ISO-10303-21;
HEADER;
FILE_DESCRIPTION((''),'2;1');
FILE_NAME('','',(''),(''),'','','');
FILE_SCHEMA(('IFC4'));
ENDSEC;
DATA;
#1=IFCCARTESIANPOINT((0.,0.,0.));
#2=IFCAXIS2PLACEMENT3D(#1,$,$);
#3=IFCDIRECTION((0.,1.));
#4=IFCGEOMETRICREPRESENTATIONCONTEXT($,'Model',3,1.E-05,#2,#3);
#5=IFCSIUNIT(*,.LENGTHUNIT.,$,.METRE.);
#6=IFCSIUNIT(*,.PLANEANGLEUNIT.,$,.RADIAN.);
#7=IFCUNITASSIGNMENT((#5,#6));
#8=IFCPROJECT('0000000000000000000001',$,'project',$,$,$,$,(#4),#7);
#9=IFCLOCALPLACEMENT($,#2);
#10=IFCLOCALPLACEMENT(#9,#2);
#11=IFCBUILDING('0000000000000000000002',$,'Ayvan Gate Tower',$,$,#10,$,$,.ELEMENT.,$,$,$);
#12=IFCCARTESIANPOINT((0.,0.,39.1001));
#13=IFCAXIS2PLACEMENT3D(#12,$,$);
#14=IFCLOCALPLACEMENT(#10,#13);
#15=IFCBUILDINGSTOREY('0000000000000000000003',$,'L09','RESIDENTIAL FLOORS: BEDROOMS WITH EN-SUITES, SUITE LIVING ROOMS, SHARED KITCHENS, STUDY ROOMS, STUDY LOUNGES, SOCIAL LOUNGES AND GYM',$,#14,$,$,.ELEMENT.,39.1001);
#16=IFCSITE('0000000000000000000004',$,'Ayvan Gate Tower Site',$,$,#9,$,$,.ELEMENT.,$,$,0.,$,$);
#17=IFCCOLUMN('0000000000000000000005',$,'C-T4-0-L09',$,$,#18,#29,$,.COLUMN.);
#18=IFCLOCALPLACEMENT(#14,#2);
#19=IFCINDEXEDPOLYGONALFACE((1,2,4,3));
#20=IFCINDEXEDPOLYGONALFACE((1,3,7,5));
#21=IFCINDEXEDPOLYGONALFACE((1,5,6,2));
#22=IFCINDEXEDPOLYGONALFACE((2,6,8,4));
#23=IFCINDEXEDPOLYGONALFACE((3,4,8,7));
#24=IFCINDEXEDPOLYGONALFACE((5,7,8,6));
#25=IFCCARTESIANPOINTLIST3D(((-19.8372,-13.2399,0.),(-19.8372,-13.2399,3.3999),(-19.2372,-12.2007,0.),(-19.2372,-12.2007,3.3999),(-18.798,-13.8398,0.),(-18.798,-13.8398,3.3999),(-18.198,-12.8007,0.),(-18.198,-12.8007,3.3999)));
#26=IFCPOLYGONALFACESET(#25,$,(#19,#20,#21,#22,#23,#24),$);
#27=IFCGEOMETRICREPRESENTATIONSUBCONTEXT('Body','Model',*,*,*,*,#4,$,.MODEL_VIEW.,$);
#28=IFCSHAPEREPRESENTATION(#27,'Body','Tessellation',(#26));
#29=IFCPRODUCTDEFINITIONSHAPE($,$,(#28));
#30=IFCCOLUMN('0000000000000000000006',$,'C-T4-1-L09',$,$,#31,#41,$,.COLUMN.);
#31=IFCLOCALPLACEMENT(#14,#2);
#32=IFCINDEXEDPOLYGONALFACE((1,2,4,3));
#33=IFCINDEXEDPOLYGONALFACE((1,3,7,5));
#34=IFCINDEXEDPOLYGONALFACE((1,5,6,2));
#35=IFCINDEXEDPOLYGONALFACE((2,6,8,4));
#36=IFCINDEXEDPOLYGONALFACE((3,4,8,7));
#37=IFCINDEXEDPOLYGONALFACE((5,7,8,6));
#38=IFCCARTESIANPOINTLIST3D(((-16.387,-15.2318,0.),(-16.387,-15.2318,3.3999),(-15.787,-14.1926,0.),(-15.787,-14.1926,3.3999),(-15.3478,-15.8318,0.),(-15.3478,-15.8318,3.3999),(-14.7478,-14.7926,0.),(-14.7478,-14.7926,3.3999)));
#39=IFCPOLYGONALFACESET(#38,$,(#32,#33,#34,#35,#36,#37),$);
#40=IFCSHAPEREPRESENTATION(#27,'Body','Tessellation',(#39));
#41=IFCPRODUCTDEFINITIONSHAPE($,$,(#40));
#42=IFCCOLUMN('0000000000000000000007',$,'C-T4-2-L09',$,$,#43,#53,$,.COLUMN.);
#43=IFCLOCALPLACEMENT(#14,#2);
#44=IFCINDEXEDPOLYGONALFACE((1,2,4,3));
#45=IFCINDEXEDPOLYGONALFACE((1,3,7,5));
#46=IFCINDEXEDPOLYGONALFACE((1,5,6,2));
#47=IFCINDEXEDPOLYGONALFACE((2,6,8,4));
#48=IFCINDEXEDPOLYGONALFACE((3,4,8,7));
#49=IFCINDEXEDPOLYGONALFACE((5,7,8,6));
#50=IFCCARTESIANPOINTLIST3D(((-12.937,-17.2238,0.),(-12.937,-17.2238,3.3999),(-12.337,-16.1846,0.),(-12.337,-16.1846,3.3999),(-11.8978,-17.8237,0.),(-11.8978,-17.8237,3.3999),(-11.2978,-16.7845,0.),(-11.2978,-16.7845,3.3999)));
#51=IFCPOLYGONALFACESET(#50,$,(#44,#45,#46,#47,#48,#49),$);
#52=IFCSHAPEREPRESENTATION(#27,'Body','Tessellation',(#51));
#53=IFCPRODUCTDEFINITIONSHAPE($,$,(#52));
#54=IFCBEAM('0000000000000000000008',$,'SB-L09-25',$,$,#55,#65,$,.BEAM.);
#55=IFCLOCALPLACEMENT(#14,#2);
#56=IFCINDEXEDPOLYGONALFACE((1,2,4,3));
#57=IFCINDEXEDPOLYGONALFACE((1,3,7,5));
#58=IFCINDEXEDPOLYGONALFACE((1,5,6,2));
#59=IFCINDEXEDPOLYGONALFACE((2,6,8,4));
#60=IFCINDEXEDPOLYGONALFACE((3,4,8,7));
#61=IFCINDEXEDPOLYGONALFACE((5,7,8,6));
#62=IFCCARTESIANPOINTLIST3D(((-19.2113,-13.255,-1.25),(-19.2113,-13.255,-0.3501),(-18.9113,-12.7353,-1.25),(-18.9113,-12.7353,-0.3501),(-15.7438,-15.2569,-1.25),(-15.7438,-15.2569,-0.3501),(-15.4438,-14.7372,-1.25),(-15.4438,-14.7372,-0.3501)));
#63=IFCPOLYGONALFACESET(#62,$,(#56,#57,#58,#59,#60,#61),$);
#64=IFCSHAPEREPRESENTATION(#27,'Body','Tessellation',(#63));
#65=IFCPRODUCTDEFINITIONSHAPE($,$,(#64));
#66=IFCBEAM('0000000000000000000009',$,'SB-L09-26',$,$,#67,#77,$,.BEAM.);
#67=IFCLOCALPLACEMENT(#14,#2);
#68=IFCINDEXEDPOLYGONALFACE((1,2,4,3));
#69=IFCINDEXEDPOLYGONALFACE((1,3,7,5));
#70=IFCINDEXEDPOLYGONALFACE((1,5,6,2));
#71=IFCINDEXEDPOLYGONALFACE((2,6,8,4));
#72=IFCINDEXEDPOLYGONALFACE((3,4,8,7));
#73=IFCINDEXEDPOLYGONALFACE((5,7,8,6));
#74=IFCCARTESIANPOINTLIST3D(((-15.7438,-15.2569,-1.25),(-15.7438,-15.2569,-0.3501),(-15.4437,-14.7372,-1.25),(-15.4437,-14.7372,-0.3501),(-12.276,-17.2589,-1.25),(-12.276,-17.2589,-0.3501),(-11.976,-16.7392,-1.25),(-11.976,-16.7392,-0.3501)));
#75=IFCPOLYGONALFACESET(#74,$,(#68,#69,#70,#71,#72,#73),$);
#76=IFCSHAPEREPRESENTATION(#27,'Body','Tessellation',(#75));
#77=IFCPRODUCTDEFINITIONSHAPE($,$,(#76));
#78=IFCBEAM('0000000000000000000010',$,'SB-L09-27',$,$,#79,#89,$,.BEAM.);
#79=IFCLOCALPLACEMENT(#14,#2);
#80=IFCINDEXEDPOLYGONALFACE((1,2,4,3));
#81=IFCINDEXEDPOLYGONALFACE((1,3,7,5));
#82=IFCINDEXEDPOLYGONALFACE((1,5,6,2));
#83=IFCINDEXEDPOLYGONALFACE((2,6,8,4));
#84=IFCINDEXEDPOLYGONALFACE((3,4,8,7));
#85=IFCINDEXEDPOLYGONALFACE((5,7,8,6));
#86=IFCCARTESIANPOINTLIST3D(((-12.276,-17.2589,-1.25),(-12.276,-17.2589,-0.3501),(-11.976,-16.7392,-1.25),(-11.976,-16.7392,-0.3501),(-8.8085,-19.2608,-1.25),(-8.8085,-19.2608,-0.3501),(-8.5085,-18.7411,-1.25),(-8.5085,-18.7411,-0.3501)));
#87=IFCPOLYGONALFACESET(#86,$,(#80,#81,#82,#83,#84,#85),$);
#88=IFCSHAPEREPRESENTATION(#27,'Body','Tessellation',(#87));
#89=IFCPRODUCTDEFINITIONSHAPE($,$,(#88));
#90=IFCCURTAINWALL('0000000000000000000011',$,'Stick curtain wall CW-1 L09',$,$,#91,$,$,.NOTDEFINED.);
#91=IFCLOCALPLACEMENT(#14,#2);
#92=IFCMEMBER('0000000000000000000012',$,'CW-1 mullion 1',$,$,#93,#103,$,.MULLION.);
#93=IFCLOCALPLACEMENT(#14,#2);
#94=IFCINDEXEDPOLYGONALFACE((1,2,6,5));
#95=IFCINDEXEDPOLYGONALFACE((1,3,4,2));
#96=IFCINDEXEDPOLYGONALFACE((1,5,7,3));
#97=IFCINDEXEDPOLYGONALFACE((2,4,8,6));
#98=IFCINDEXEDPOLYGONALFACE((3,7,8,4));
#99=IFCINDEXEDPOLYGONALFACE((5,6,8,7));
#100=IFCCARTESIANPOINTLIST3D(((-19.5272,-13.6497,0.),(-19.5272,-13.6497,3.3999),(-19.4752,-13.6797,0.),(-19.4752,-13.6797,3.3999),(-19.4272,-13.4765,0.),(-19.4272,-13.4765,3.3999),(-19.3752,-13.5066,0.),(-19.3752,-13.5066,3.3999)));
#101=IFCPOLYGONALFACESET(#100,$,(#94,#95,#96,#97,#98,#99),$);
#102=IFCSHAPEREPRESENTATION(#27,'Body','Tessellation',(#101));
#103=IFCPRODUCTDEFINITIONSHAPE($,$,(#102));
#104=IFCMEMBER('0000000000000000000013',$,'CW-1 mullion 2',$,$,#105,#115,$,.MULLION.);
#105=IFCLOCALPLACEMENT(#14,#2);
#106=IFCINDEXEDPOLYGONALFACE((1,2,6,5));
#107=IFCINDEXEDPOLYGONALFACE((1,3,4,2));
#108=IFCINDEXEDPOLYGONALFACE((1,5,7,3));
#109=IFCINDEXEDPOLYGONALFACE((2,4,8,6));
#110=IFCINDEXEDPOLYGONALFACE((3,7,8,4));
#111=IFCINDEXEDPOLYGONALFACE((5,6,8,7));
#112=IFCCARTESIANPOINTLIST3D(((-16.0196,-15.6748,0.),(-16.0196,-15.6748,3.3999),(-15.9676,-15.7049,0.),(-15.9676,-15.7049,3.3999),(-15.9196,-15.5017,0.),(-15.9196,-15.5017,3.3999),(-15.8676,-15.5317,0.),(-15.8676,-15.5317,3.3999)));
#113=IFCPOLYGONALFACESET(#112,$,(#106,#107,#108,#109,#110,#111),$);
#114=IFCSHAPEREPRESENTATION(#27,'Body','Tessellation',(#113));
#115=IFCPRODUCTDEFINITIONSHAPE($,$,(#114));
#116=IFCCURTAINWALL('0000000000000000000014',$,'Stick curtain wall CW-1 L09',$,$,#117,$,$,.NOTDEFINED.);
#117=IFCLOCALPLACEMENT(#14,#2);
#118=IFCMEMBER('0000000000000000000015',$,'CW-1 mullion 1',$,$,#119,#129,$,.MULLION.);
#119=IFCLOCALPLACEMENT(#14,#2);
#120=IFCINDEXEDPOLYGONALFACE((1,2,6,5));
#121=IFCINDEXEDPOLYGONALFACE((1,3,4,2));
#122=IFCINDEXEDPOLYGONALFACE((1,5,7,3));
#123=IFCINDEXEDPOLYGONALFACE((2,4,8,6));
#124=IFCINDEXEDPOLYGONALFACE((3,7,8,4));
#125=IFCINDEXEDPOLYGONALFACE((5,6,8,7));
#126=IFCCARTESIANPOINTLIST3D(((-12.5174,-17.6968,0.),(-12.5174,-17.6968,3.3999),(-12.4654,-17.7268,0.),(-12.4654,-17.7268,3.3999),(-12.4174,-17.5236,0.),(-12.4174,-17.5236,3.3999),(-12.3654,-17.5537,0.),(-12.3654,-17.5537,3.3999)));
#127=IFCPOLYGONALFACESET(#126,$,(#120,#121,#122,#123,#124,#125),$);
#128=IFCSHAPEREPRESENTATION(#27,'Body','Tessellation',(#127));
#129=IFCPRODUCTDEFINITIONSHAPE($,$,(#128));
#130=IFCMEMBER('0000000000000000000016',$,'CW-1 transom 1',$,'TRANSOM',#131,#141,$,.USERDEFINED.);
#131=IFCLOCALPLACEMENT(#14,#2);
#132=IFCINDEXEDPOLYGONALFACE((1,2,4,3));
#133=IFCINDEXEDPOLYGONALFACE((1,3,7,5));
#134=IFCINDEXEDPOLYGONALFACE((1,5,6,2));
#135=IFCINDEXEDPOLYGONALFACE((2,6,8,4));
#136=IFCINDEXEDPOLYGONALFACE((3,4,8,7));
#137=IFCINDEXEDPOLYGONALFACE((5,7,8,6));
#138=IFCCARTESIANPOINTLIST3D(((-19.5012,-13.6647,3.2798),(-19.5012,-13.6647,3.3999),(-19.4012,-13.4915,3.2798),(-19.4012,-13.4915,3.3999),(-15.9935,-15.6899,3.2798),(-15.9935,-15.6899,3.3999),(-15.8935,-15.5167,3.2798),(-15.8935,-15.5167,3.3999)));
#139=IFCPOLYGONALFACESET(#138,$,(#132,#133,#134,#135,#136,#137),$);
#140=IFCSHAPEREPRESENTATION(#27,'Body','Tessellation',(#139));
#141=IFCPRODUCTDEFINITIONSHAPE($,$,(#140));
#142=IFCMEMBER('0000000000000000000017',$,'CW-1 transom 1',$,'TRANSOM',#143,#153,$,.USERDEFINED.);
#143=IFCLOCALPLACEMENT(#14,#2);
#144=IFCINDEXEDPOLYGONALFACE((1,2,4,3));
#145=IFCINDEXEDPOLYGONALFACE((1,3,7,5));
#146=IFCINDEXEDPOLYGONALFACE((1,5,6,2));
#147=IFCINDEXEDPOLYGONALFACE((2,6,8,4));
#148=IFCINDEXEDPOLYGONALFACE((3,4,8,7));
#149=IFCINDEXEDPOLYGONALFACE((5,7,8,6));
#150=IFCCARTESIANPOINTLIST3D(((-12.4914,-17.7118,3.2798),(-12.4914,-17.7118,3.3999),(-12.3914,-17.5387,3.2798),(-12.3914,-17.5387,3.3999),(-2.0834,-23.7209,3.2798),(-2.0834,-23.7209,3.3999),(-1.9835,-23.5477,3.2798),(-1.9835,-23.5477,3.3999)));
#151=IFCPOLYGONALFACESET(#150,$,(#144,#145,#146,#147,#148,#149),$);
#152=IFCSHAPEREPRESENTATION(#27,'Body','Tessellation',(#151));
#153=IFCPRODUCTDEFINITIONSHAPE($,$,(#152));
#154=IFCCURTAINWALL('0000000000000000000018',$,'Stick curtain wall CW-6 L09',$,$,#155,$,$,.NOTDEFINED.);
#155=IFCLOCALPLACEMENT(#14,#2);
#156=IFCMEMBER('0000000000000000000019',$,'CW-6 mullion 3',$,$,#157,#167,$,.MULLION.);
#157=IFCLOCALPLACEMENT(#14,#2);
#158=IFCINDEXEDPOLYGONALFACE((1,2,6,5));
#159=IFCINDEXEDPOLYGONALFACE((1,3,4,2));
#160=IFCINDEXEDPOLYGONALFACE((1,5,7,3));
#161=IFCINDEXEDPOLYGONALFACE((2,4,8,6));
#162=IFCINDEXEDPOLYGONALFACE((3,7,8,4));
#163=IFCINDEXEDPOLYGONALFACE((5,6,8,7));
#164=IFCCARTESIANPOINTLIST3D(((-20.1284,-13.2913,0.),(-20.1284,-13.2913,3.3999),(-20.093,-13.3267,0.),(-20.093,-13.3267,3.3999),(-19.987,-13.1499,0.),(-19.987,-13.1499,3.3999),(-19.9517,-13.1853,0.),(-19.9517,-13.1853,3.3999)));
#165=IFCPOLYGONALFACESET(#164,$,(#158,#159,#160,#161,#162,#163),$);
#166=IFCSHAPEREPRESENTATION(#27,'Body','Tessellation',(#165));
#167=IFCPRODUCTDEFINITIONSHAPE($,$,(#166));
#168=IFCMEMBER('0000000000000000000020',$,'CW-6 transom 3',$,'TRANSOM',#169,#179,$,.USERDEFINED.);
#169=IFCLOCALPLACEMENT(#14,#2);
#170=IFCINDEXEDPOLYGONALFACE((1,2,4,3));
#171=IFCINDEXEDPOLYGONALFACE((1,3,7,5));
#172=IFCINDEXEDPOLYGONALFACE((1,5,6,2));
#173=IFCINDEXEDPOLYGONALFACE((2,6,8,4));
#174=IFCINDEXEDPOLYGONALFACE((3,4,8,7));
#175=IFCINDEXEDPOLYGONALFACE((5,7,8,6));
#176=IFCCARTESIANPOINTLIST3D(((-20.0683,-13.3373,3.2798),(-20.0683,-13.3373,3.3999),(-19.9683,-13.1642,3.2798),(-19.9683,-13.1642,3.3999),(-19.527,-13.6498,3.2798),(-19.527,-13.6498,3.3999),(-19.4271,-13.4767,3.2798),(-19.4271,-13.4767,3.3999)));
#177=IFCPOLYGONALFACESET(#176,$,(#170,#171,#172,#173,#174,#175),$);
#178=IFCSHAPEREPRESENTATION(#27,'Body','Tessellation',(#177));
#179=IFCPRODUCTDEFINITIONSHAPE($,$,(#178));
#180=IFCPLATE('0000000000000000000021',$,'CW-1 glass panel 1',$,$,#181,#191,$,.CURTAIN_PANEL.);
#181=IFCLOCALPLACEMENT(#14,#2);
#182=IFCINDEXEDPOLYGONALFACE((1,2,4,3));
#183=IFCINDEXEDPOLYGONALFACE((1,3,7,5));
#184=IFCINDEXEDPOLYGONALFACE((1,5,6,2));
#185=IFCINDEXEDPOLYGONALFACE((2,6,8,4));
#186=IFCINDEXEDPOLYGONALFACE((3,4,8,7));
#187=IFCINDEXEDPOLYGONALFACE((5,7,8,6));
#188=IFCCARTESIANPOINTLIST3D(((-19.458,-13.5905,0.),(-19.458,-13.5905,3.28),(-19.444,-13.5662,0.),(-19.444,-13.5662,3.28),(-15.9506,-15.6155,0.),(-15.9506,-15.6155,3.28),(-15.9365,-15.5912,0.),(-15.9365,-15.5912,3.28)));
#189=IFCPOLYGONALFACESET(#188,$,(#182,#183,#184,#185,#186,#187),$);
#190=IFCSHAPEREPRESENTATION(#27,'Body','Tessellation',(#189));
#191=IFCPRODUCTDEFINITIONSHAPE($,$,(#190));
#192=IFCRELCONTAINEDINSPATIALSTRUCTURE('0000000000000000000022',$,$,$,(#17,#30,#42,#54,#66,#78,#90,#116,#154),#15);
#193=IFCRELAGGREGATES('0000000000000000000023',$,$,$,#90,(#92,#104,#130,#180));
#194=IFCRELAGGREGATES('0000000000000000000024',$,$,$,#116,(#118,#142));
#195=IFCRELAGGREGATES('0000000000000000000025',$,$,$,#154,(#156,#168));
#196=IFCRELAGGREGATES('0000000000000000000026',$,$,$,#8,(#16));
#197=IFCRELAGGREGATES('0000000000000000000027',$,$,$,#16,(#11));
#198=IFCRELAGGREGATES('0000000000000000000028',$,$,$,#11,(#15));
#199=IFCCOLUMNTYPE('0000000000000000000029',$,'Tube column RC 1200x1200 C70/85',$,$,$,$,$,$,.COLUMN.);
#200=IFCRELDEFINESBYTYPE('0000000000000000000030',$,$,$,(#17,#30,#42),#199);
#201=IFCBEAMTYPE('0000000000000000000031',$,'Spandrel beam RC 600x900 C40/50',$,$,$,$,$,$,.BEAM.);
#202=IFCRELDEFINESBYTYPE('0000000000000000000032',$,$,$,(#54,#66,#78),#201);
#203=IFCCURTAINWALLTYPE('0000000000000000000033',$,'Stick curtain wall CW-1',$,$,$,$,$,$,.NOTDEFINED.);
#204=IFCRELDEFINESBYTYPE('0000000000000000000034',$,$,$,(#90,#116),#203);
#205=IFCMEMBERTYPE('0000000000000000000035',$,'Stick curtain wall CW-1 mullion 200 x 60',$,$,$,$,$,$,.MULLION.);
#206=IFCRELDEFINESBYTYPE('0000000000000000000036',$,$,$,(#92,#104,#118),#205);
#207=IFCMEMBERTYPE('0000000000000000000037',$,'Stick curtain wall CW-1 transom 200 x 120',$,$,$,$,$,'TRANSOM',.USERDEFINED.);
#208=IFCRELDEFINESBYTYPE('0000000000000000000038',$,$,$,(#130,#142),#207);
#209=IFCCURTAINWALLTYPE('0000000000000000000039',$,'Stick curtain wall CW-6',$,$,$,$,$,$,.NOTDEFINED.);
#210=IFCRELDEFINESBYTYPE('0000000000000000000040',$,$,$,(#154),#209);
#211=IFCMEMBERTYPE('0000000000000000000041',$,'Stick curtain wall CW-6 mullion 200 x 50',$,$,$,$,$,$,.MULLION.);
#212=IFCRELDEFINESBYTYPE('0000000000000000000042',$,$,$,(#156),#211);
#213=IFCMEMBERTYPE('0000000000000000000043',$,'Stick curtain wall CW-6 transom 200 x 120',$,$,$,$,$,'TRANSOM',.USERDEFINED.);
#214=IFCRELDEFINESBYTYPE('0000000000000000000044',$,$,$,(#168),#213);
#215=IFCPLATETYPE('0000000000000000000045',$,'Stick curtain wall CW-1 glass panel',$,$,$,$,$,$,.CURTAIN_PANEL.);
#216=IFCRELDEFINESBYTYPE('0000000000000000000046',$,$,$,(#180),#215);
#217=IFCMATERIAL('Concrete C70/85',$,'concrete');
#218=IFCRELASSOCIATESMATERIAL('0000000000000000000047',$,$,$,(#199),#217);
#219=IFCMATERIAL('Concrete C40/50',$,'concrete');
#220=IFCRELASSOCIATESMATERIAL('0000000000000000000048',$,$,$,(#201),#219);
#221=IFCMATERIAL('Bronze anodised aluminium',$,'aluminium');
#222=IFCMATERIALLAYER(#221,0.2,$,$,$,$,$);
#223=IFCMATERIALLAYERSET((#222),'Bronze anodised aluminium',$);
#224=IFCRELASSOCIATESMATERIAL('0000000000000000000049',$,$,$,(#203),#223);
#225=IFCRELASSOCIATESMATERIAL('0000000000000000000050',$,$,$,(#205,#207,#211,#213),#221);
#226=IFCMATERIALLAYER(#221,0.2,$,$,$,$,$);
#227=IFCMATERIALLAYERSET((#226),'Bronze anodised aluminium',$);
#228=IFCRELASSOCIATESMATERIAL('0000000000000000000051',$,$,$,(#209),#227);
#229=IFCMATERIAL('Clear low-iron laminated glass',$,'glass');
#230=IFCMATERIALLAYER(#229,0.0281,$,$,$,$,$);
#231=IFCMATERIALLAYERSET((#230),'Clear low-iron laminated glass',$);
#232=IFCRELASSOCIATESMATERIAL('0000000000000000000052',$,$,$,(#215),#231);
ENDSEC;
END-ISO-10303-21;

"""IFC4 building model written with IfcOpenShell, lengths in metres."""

from ifc_helpers import new_model, si_unit, direction, frame, origin, origin_2d, place, context, subcontext, project, spatial, rectangle, extrude, material, layer, layer_set, material_profile, profile_set, type_object, element, aggregate, save


model = new_model("IFC4")

# Units and contexts
model_context = context("Model", 3, precision=1e-05, world=origin(), true_north=direction((0.0, 1.0)))
body_context = subcontext(model_context, "Body", "Model", "MODEL_VIEW")
ifc_project = project(units=[si_unit("LENGTHUNIT", "METRE"), si_unit("PLANEANGLEUNIT", "RADIAN")], contexts=[model_context])

# Site, building, storey
site_placement = place(None, origin())
site = spatial("IfcSite", under=ifc_project, at=site_placement, Name="Ayvan Gate Tower Site", CompositionType="ELEMENT", RefElevation=0.0)
building_placement = place(site_placement, origin())
building = spatial("IfcBuilding", under=site, at=building_placement, Name="Ayvan Gate Tower", CompositionType="ELEMENT")
storey_placement = place(building_placement, frame((0.0, 0.0, 39.1001)))
storey = spatial("IfcBuildingStorey", under=building, at=storey_placement, Name="L09", Description="RESIDENTIAL FLOORS: BEDROOMS WITH EN-SUITES, SUITE LIVING ROOMS, SHARED KITCHENS, STUDY ROOMS, STUDY LOUNGES, SOCIAL LOUNGES AND GYM", CompositionType="ELEMENT", Elevation=39.1001)

# Columns
ifc_material_1 = material(Name="Concrete C70/85", Category="concrete")
ifc_material_profile_1 = material_profile(ifc_material_1, rectangle(XDim=1.2, YDim=1.2, at=origin_2d()), Name="RC 1200x1200")
ifc_profile_set_1 = profile_set([ifc_material_profile_1], Name="Concrete C70/85")
column_type = type_object("IfcColumnType", Name="Tube column RC 1200x1200 C70/85", PredefinedType="COLUMN", material=ifc_profile_set_1)
for number, where, z_axis, x_axis, name in (
    (1, (-19.0176, -13.0203, 0.0), (0.0, 0.0, 1.0), (-0.5, -0.866025, 0.0), "C-T4-0-L09"),
    (2, (-15.5674, -15.0122, 0.0), (0.0, 0.0, 1.0), (-0.5, -0.866025, 0.0), "C-T4-1-L09"),
    (3, (-12.1174, -17.0042, 0.0), (0.0, 0.0, 1.0), (-0.5, -0.866025, 0.0), "C-T4-2-L09"),
):
    element("IfcColumn", number, at=place(storey_placement, frame(where, z_axis=z_axis, x_axis=x_axis)), inside=storey, type_object=column_type, Name=name, PredefinedType="COLUMN", context=body_context, shape_type="SweptSolid", body=[
        extrude(rectangle(XDim=1.2, YDim=1.2, at=origin_2d()), origin(), (0.0, 0.0, 1.0), 3.3999),
    ])

# Beams
ifc_material_2 = material(Name="Concrete C40/50", Category="concrete")
ifc_material_profile_2 = material_profile(ifc_material_2, rectangle(XDim=0.6001, YDim=0.8999, at=origin_2d()), Name="RC 600x900")
ifc_profile_set_2 = profile_set([ifc_material_profile_2], Name="Concrete C40/50")
beam_type = type_object("IfcBeamType", Name="Spandrel beam RC 600x900 C40/50", PredefinedType="BEAM", material=ifc_profile_set_2)
beam_1_placement = place(storey_placement, frame((-19.0613, -12.9951, -0.8), z_axis=(0.866028, -0.499995, 0.0), x_axis=(0.499995, 0.866028, 0.0)))
element("IfcBeam", 4, at=beam_1_placement, inside=storey, type_object=beam_type, Name="SB-L09-25", PredefinedType="BEAM", context=body_context, shape_type="SweptSolid", body=[
    extrude(rectangle(XDim=0.6001, YDim=0.8999, at=origin_2d()), origin(), (0.0, 0.0, 1.0), 4.0039),
])
beam_2_placement = place(storey_placement, frame((-15.5938, -14.9971, -0.8), z_axis=(0.866043, -0.499969, 0.0), x_axis=(0.499969, 0.866043, 0.0)))
element("IfcBeam", 5, at=beam_2_placement, inside=storey, type_object=beam_type, Name="SB-L09-26", PredefinedType="BEAM", context=body_context, shape_type="SweptSolid", body=[
    extrude(rectangle(XDim=0.6001, YDim=0.8999, at=origin_2d()), origin(), (0.0, 0.0, 1.0), 4.0042),
])
beam_3_placement = place(storey_placement, frame((-12.126, -16.999, -0.8), z_axis=(0.866028, -0.499995, 0.0), x_axis=(0.499995, 0.866028, 0.0)))
element("IfcBeam", 6, at=beam_3_placement, inside=storey, type_object=beam_type, Name="SB-L09-27", PredefinedType="BEAM", context=body_context, shape_type="SweptSolid", body=[
    extrude(rectangle(XDim=0.6001, YDim=0.8999, at=origin_2d()), origin(), (0.0, 0.0, 1.0), 4.0039),
])

# Curtain wall, members
ifc_material_3 = material(Name="Bronze anodised aluminium", Category="aluminium")
ifc_layer_1 = layer(ifc_material_3, 0.2)
ifc_layer_set_1 = layer_set([ifc_layer_1], Name="Bronze anodised aluminium")
curtain_wall_type_1 = type_object("IfcCurtainWallType", Name="Stick curtain wall CW-1", PredefinedType="NOTDEFINED", material=ifc_layer_set_1)
curtain_wall_1_placement = place(storey_placement, origin())
curtain_wall_1 = element("IfcCurtainWall", 7, at=curtain_wall_1_placement, inside=storey, type_object=curtain_wall_type_1, Name="Stick curtain wall CW-1 L09", PredefinedType="NOTDEFINED")
ifc_material_profile_3 = material_profile(ifc_material_3, rectangle(XDim=0.2, YDim=0.0601, at=origin_2d()), Name="Stick curtain wall CW-1 mullion 200 x 60")
ifc_profile_set_3 = profile_set([ifc_material_profile_3], Name="Bronze anodised aluminium")
member_type_1 = type_object("IfcMemberType", Name="Stick curtain wall CW-1 mullion 200 x 60", PredefinedType="MULLION", material=ifc_profile_set_3)
member_1_placement = place(storey_placement, frame((-19.4512, -13.5781, 0.0), z_axis=(0.0, 0.0, 1.0), x_axis=(-0.5, -0.866025, 0.0)))
member_1 = element("IfcMember", 8, at=member_1_placement, type_object=member_type_1, Name="CW-1 mullion 1", PredefinedType="MULLION", context=body_context, shape_type="SweptSolid", body=[
    extrude(rectangle(XDim=0.2, YDim=0.0601, at=origin_2d()), origin(), (0.0, 0.0, 1.0), 3.3999),
])
member_2_placement = place(storey_placement, frame((-15.9436, -15.6033, 0.0), z_axis=(0.0, 0.0, 1.0), x_axis=(-0.5, -0.866025, 0.0)))
member_2 = element("IfcMember", 9, at=member_2_placement, type_object=member_type_1, Name="CW-1 mullion 2", PredefinedType="MULLION", context=body_context, shape_type="SweptSolid", body=[
    extrude(rectangle(XDim=0.2, YDim=0.0601, at=origin_2d()), origin(), (0.0, 0.0, 1.0), 3.3999),
])

# Curtain wall, member
curtain_wall_2_placement = place(storey_placement, origin())
curtain_wall_2 = element("IfcCurtainWall", 10, at=curtain_wall_2_placement, inside=storey, type_object=curtain_wall_type_1, Name="Stick curtain wall CW-1 L09", PredefinedType="NOTDEFINED")
member_3_placement = place(storey_placement, frame((-12.4414, -17.6252, 0.0), z_axis=(0.0, 0.0, 1.0), x_axis=(-0.5, -0.866025, 0.0)))
member_3 = element("IfcMember", 11, at=member_3_placement, type_object=member_type_1, Name="CW-1 mullion 1", PredefinedType="MULLION", context=body_context, shape_type="SweptSolid", body=[
    extrude(rectangle(XDim=0.2, YDim=0.0601, at=origin_2d()), origin(), (0.0, 0.0, 1.0), 3.3999),
])

# Members
ifc_material_profile_4 = material_profile(ifc_material_3, rectangle(XDim=0.2, YDim=0.1201, at=origin_2d()), Name="Stick curtain wall CW-1 transom 200 x 120")
ifc_profile_set_4 = profile_set([ifc_material_profile_4], Name="Bronze anodised aluminium")
member_type_2 = type_object("IfcMemberType", Name="Stick curtain wall CW-1 transom 200 x 120", ElementType="TRANSOM", PredefinedType="USERDEFINED", material=ifc_profile_set_4)
member_4_placement = place(storey_placement, frame((-19.4512, -13.5781, 3.3398), z_axis=(0.86602, -0.500009, 0.0), x_axis=(0.500009, 0.86602, 0.0)))
member_4 = element("IfcMember", 12, at=member_4_placement, type_object=member_type_2, Name="CW-1 transom 1", ObjectType="TRANSOM", PredefinedType="USERDEFINED", context=body_context, shape_type="SweptSolid", body=[
    extrude(rectangle(XDim=0.2, YDim=0.1201, at=origin_2d()), origin(), (0.0, 0.0, 1.0), 4.0503),
])
member_5_placement = place(storey_placement, frame((-12.4414, -17.6252, 3.3398), z_axis=(0.866026, -0.5, 0.0), x_axis=(0.5, 0.866026, 0.0)))
member_5 = element("IfcMember", 13, at=member_5_placement, type_object=member_type_2, Name="CW-1 transom 1", ObjectType="TRANSOM", PredefinedType="USERDEFINED", context=body_context, shape_type="SweptSolid", body=[
    extrude(rectangle(XDim=0.2, YDim=0.1201, at=origin_2d()), origin(), (0.0, 0.0, 1.0), 12.0181),
])

# Curtain wall, members
ifc_layer_2 = layer(ifc_material_3, 0.2)
ifc_layer_set_2 = layer_set([ifc_layer_2], Name="Bronze anodised aluminium")
curtain_wall_type_2 = type_object("IfcCurtainWallType", Name="Stick curtain wall CW-6", PredefinedType="NOTDEFINED", material=ifc_layer_set_2)
curtain_wall_3_placement = place(storey_placement, origin())
curtain_wall_3 = element("IfcCurtainWall", 14, at=curtain_wall_3_placement, inside=storey, type_object=curtain_wall_type_2, Name="Stick curtain wall CW-6 L09", PredefinedType="NOTDEFINED")
ifc_material_profile_5 = material_profile(ifc_material_3, rectangle(XDim=0.2, YDim=0.05, at=origin_2d()), Name="Stick curtain wall CW-6 mullion 200 x 50")
ifc_profile_set_5 = profile_set([ifc_material_profile_5], Name="Bronze anodised aluminium")
member_type_3 = type_object("IfcMemberType", Name="Stick curtain wall CW-6 mullion 200 x 50", PredefinedType="MULLION", material=ifc_profile_set_5)
member_6_placement = place(storey_placement, frame((-20.04, -13.2383, 0.0), z_axis=(0.0, 0.0, 1.0), x_axis=(-0.707107, -0.707107, 0.0)))
member_6 = element("IfcMember", 15, at=member_6_placement, type_object=member_type_3, Name="CW-6 mullion 3", PredefinedType="MULLION", context=body_context, shape_type="SweptSolid", body=[
    extrude(rectangle(XDim=0.2, YDim=0.05, at=origin_2d()), origin(), (0.0, 0.0, 1.0), 3.3999),
])
ifc_material_profile_6 = material_profile(ifc_material_3, rectangle(XDim=0.2, YDim=0.1201, at=origin_2d()), Name="Stick curtain wall CW-6 transom 200 x 120")
ifc_profile_set_6 = profile_set([ifc_material_profile_6], Name="Bronze anodised aluminium")
member_type_4 = type_object("IfcMemberType", Name="Stick curtain wall CW-6 transom 200 x 120", ElementType="TRANSOM", PredefinedType="USERDEFINED", material=ifc_profile_set_6)
member_7_placement = place(storey_placement, frame((-20.0183, -13.2507, 3.3398), z_axis=(0.866023, -0.500004, 0.0), x_axis=(0.500004, 0.866023, 0.0)))
member_7 = element("IfcMember", 16, at=member_7_placement, type_object=member_type_4, Name="CW-6 transom 3", ObjectType="TRANSOM", PredefinedType="USERDEFINED", context=body_context, shape_type="SweptSolid", body=[
    extrude(rectangle(XDim=0.2, YDim=0.1201, at=origin_2d()), origin(), (0.0, 0.0, 1.0), 0.625),
])

# Plate
ifc_material_4 = material(Name="Clear low-iron laminated glass", Category="glass")
ifc_layer_3 = layer(ifc_material_4, 0.0281)
ifc_layer_set_3 = layer_set([ifc_layer_3], Name="Clear low-iron laminated glass")
plate_type_1 = type_object("IfcPlateType", Name="Stick curtain wall CW-1 glass panel", PredefinedType="CURTAIN_PANEL", material=ifc_layer_set_3)
plate_1_placement = place(storey_placement, frame((-17.6973, -14.5908, 0.0), z_axis=(0.0, 0.0, 1.0), x_axis=(0.866025, -0.5, 0.0)))
plate_1 = element("IfcPlate", 17, at=plate_1_placement, type_object=plate_type_1, Name="CW-1 glass panel 1", PredefinedType="CURTAIN_PANEL", context=body_context, shape_type="SweptSolid", body=[
    extrude(rectangle(XDim=4.05, YDim=0.0281, at=origin_2d()), origin(), (0.0, 0.0, 1.0), 3.28),
])
aggregate(curtain_wall_1, [member_1, member_2, member_4, plate_1])
aggregate(curtain_wall_2, [member_3, member_5])
aggregate(curtain_wall_3, [member_6, member_7])

save(model, "model.ifc")
